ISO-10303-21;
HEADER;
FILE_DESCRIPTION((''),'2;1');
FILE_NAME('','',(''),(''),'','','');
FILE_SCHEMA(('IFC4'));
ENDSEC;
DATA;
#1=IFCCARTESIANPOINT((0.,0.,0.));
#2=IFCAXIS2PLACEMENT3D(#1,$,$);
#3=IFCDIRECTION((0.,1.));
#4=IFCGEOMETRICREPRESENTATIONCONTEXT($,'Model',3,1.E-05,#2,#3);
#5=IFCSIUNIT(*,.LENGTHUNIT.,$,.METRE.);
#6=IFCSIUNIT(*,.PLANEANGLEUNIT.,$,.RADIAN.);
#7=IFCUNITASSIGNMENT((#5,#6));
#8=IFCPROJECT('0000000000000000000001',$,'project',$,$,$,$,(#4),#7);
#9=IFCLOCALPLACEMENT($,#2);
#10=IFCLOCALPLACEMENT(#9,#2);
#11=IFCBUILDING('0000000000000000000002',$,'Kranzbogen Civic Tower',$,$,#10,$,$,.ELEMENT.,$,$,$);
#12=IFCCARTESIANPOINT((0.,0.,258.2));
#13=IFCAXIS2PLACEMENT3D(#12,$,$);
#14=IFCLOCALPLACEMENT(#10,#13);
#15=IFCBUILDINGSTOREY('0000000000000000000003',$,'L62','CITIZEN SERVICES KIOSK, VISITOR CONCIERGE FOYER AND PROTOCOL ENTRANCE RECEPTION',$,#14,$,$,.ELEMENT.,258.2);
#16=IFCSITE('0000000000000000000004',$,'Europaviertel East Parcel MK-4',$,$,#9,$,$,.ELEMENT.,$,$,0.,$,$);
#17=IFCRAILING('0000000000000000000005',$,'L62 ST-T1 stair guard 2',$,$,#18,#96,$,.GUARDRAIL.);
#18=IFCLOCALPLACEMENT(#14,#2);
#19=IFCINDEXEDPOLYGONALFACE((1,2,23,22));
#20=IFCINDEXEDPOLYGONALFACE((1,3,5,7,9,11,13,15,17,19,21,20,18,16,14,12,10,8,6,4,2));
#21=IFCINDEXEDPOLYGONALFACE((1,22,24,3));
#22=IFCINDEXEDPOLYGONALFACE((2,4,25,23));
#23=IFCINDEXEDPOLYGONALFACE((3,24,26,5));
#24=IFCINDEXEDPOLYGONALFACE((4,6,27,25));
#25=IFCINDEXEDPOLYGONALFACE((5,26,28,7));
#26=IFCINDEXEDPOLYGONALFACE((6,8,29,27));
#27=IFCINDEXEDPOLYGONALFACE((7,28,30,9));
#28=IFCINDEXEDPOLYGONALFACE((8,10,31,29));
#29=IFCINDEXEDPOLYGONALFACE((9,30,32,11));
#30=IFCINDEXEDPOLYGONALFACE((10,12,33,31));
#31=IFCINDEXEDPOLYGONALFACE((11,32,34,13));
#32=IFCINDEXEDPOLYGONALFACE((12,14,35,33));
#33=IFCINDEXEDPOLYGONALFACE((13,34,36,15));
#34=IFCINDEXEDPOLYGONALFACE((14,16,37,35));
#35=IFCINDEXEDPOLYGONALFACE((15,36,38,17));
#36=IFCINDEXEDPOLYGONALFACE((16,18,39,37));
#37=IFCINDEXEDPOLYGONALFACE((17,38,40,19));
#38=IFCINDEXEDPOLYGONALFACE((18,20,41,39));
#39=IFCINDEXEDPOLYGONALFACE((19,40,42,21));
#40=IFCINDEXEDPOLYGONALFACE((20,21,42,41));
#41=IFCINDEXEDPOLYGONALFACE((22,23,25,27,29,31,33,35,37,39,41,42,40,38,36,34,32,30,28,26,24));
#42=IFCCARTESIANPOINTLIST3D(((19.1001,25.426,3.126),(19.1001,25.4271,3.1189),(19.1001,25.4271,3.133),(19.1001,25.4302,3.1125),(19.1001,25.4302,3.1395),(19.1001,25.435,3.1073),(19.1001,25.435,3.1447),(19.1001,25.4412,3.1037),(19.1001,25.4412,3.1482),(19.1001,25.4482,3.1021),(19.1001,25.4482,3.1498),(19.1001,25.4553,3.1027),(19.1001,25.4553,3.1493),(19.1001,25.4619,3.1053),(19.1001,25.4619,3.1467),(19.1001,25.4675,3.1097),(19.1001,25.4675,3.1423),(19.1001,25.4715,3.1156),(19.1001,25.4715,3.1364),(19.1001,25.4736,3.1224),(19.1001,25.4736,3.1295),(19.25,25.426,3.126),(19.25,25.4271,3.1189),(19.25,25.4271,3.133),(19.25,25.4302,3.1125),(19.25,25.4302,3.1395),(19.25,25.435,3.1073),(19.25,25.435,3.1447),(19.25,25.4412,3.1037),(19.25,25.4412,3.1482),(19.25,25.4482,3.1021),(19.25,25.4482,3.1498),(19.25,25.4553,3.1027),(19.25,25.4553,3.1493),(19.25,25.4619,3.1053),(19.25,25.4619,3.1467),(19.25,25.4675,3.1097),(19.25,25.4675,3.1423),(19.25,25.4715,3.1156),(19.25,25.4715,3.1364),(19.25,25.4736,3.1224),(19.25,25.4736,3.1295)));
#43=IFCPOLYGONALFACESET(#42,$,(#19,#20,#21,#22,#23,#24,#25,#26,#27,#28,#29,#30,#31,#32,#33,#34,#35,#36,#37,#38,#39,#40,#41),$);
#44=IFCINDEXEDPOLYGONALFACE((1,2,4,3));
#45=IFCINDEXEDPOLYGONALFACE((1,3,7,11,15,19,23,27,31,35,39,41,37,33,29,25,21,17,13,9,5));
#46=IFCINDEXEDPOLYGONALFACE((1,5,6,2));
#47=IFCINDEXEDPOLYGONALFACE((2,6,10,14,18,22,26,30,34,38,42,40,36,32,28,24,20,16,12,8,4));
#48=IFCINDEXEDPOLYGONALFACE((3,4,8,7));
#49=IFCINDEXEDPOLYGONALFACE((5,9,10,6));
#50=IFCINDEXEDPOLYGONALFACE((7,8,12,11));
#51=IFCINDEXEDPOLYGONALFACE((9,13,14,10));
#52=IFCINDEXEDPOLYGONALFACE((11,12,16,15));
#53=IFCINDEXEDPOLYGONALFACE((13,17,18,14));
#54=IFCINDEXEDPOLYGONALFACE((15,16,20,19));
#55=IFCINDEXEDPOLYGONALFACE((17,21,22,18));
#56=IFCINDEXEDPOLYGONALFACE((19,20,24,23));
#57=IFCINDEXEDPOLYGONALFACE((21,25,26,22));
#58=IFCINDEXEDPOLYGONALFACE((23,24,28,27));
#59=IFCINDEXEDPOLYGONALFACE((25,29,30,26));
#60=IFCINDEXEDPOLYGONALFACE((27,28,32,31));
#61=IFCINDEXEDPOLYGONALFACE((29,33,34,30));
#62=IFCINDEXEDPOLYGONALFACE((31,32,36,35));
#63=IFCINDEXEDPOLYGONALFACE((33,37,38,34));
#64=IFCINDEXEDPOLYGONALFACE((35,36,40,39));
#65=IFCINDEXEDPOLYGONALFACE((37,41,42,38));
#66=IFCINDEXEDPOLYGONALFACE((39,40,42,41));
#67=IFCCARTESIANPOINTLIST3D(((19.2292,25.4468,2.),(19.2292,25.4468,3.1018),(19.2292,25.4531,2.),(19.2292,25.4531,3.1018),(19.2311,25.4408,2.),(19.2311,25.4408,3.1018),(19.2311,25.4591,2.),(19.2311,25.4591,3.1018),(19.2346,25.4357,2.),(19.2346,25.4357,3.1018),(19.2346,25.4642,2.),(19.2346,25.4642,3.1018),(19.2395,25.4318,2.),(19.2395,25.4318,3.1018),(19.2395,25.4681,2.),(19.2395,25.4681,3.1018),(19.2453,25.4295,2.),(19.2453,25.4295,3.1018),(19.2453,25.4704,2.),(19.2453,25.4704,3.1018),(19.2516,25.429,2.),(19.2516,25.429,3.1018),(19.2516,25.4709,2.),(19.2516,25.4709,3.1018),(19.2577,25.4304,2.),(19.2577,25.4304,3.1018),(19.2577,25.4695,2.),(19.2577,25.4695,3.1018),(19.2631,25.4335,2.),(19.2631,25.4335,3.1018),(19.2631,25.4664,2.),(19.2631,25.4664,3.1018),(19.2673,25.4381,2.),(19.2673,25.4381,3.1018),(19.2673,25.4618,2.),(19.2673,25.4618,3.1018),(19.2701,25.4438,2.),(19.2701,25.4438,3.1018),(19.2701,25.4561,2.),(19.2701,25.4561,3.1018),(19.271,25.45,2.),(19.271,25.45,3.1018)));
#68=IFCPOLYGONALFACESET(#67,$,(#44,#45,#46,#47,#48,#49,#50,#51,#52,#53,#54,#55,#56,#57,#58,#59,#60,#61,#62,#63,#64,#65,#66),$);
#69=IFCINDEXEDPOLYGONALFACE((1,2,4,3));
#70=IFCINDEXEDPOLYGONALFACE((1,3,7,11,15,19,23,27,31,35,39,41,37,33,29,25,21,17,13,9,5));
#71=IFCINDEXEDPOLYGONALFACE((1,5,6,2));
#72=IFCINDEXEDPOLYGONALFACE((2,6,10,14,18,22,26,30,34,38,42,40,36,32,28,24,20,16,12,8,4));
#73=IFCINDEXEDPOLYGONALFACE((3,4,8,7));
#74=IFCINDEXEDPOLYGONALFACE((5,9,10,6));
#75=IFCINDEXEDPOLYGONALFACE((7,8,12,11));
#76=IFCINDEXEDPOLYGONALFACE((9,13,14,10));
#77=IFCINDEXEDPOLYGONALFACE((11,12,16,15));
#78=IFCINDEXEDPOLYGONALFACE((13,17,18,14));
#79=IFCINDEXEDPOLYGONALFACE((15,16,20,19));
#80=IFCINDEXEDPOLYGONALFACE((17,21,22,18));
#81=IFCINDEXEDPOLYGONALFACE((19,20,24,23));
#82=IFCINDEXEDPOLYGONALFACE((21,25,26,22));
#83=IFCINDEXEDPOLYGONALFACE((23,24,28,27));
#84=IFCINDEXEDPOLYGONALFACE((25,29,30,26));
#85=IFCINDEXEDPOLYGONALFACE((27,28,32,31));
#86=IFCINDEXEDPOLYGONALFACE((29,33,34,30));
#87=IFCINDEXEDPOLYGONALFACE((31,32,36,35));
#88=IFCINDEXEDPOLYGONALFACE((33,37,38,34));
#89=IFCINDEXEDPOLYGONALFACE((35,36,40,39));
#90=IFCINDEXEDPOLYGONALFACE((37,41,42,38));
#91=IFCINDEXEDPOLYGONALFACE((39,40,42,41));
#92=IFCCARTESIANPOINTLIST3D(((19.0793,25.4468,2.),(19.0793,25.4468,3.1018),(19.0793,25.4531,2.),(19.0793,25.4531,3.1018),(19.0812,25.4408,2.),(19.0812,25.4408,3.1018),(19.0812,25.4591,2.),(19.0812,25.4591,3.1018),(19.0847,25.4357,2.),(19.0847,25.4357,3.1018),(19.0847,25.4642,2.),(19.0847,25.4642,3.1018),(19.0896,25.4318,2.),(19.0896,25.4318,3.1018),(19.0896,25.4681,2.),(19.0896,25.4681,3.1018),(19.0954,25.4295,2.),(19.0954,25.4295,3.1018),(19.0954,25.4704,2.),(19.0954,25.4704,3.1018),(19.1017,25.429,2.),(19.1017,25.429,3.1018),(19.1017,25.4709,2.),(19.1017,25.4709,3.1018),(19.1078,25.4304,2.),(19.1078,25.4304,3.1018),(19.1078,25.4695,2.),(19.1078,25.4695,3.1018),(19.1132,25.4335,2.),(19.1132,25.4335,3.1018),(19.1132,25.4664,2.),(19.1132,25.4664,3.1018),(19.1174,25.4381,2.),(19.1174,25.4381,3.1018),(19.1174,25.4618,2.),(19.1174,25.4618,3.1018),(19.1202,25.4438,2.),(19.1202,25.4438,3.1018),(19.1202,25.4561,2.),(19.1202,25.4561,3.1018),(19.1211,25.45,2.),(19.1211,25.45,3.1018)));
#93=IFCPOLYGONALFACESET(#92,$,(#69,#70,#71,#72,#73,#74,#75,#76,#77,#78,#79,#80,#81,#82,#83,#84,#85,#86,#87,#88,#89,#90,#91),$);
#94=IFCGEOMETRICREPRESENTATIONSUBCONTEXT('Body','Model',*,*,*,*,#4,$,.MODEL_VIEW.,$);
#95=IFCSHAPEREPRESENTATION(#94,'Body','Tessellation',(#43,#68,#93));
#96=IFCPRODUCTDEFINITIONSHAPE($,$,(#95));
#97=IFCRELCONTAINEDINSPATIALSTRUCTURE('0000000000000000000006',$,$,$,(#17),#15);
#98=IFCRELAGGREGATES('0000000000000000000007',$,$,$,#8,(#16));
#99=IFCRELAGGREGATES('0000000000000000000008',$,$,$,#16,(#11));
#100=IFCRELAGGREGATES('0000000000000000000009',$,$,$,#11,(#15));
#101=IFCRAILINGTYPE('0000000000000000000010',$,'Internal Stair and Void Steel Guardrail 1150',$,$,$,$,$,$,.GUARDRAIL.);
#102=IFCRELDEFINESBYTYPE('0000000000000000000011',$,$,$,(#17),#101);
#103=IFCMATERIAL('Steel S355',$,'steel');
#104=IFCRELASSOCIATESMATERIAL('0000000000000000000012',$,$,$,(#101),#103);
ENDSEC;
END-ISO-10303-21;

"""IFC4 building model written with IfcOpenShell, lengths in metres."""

from ifc_helpers import new_model, si_unit, direction, frame, origin, origin_2d, place, context, subcontext, project, spatial, circle, extrude, material, type_object, element, save


model = new_model("IFC4")

# Units and contexts
model_context = context("Model", 3, precision=1e-05, world=origin(), true_north=direction((0.0, 1.0)))
body_context = subcontext(model_context, "Body", "Model", "MODEL_VIEW")
ifc_project = project(units=[si_unit("LENGTHUNIT", "METRE"), si_unit("PLANEANGLEUNIT", "RADIAN")], contexts=[model_context])

# Site, building, storey
site_placement = place(None, origin())
site = spatial("IfcSite", under=ifc_project, at=site_placement, Name="Europaviertel East Parcel MK-4", CompositionType="ELEMENT", RefElevation=0.0)
building_placement = place(site_placement, origin())
building = spatial("IfcBuilding", under=site, at=building_placement, Name="Kranzbogen Civic Tower", CompositionType="ELEMENT")
storey_placement = place(building_placement, frame((0.0, 0.0, 258.2)))
storey = spatial("IfcBuildingStorey", under=building, at=storey_placement, Name="L62", Description="CITIZEN SERVICES KIOSK, VISITOR CONCIERGE FOYER AND PROTOCOL ENTRANCE RECEPTION", CompositionType="ELEMENT", Elevation=258.2)

# Shared definitions
ifc_material_1 = material(Name="Steel S355", Category="steel")

# Railing
railing_type_1 = type_object("IfcRailingType", Name="Internal Stair and Void Steel Guardrail 1150", PredefinedType="GUARDRAIL", material=ifc_material_1)
railing_1_placement = place(storey_placement, frame((19.25, 25.45, 2.0)))
element("IfcRailing", 1, at=railing_1_placement, inside=storey, type_object=railing_type_1, Name="L62 ST-T1 stair guard 2", PredefinedType="GUARDRAIL", context=body_context, shape_type="SweptSolid", body=[
    extrude(circle(Radius=0.0239, at=origin_2d()), frame((0.0, 0.0, 1.126), z_axis=(-1.0, 0.0, 0.0), x_axis=(0.0, -1.0, 0.0)), (0.0, 0.0, 1.0), 0.1499),
    extrude(circle(Radius=0.021, at=origin_2d()), origin(), (0.0, 0.0, 1.0), 1.1018),
    extrude(circle(Radius=0.021, at=origin_2d()), frame((-0.1499, 0.0, 0.0)), (0.0, 0.0, 1.0), 1.1018),
])

save(model, "model.ifc")
